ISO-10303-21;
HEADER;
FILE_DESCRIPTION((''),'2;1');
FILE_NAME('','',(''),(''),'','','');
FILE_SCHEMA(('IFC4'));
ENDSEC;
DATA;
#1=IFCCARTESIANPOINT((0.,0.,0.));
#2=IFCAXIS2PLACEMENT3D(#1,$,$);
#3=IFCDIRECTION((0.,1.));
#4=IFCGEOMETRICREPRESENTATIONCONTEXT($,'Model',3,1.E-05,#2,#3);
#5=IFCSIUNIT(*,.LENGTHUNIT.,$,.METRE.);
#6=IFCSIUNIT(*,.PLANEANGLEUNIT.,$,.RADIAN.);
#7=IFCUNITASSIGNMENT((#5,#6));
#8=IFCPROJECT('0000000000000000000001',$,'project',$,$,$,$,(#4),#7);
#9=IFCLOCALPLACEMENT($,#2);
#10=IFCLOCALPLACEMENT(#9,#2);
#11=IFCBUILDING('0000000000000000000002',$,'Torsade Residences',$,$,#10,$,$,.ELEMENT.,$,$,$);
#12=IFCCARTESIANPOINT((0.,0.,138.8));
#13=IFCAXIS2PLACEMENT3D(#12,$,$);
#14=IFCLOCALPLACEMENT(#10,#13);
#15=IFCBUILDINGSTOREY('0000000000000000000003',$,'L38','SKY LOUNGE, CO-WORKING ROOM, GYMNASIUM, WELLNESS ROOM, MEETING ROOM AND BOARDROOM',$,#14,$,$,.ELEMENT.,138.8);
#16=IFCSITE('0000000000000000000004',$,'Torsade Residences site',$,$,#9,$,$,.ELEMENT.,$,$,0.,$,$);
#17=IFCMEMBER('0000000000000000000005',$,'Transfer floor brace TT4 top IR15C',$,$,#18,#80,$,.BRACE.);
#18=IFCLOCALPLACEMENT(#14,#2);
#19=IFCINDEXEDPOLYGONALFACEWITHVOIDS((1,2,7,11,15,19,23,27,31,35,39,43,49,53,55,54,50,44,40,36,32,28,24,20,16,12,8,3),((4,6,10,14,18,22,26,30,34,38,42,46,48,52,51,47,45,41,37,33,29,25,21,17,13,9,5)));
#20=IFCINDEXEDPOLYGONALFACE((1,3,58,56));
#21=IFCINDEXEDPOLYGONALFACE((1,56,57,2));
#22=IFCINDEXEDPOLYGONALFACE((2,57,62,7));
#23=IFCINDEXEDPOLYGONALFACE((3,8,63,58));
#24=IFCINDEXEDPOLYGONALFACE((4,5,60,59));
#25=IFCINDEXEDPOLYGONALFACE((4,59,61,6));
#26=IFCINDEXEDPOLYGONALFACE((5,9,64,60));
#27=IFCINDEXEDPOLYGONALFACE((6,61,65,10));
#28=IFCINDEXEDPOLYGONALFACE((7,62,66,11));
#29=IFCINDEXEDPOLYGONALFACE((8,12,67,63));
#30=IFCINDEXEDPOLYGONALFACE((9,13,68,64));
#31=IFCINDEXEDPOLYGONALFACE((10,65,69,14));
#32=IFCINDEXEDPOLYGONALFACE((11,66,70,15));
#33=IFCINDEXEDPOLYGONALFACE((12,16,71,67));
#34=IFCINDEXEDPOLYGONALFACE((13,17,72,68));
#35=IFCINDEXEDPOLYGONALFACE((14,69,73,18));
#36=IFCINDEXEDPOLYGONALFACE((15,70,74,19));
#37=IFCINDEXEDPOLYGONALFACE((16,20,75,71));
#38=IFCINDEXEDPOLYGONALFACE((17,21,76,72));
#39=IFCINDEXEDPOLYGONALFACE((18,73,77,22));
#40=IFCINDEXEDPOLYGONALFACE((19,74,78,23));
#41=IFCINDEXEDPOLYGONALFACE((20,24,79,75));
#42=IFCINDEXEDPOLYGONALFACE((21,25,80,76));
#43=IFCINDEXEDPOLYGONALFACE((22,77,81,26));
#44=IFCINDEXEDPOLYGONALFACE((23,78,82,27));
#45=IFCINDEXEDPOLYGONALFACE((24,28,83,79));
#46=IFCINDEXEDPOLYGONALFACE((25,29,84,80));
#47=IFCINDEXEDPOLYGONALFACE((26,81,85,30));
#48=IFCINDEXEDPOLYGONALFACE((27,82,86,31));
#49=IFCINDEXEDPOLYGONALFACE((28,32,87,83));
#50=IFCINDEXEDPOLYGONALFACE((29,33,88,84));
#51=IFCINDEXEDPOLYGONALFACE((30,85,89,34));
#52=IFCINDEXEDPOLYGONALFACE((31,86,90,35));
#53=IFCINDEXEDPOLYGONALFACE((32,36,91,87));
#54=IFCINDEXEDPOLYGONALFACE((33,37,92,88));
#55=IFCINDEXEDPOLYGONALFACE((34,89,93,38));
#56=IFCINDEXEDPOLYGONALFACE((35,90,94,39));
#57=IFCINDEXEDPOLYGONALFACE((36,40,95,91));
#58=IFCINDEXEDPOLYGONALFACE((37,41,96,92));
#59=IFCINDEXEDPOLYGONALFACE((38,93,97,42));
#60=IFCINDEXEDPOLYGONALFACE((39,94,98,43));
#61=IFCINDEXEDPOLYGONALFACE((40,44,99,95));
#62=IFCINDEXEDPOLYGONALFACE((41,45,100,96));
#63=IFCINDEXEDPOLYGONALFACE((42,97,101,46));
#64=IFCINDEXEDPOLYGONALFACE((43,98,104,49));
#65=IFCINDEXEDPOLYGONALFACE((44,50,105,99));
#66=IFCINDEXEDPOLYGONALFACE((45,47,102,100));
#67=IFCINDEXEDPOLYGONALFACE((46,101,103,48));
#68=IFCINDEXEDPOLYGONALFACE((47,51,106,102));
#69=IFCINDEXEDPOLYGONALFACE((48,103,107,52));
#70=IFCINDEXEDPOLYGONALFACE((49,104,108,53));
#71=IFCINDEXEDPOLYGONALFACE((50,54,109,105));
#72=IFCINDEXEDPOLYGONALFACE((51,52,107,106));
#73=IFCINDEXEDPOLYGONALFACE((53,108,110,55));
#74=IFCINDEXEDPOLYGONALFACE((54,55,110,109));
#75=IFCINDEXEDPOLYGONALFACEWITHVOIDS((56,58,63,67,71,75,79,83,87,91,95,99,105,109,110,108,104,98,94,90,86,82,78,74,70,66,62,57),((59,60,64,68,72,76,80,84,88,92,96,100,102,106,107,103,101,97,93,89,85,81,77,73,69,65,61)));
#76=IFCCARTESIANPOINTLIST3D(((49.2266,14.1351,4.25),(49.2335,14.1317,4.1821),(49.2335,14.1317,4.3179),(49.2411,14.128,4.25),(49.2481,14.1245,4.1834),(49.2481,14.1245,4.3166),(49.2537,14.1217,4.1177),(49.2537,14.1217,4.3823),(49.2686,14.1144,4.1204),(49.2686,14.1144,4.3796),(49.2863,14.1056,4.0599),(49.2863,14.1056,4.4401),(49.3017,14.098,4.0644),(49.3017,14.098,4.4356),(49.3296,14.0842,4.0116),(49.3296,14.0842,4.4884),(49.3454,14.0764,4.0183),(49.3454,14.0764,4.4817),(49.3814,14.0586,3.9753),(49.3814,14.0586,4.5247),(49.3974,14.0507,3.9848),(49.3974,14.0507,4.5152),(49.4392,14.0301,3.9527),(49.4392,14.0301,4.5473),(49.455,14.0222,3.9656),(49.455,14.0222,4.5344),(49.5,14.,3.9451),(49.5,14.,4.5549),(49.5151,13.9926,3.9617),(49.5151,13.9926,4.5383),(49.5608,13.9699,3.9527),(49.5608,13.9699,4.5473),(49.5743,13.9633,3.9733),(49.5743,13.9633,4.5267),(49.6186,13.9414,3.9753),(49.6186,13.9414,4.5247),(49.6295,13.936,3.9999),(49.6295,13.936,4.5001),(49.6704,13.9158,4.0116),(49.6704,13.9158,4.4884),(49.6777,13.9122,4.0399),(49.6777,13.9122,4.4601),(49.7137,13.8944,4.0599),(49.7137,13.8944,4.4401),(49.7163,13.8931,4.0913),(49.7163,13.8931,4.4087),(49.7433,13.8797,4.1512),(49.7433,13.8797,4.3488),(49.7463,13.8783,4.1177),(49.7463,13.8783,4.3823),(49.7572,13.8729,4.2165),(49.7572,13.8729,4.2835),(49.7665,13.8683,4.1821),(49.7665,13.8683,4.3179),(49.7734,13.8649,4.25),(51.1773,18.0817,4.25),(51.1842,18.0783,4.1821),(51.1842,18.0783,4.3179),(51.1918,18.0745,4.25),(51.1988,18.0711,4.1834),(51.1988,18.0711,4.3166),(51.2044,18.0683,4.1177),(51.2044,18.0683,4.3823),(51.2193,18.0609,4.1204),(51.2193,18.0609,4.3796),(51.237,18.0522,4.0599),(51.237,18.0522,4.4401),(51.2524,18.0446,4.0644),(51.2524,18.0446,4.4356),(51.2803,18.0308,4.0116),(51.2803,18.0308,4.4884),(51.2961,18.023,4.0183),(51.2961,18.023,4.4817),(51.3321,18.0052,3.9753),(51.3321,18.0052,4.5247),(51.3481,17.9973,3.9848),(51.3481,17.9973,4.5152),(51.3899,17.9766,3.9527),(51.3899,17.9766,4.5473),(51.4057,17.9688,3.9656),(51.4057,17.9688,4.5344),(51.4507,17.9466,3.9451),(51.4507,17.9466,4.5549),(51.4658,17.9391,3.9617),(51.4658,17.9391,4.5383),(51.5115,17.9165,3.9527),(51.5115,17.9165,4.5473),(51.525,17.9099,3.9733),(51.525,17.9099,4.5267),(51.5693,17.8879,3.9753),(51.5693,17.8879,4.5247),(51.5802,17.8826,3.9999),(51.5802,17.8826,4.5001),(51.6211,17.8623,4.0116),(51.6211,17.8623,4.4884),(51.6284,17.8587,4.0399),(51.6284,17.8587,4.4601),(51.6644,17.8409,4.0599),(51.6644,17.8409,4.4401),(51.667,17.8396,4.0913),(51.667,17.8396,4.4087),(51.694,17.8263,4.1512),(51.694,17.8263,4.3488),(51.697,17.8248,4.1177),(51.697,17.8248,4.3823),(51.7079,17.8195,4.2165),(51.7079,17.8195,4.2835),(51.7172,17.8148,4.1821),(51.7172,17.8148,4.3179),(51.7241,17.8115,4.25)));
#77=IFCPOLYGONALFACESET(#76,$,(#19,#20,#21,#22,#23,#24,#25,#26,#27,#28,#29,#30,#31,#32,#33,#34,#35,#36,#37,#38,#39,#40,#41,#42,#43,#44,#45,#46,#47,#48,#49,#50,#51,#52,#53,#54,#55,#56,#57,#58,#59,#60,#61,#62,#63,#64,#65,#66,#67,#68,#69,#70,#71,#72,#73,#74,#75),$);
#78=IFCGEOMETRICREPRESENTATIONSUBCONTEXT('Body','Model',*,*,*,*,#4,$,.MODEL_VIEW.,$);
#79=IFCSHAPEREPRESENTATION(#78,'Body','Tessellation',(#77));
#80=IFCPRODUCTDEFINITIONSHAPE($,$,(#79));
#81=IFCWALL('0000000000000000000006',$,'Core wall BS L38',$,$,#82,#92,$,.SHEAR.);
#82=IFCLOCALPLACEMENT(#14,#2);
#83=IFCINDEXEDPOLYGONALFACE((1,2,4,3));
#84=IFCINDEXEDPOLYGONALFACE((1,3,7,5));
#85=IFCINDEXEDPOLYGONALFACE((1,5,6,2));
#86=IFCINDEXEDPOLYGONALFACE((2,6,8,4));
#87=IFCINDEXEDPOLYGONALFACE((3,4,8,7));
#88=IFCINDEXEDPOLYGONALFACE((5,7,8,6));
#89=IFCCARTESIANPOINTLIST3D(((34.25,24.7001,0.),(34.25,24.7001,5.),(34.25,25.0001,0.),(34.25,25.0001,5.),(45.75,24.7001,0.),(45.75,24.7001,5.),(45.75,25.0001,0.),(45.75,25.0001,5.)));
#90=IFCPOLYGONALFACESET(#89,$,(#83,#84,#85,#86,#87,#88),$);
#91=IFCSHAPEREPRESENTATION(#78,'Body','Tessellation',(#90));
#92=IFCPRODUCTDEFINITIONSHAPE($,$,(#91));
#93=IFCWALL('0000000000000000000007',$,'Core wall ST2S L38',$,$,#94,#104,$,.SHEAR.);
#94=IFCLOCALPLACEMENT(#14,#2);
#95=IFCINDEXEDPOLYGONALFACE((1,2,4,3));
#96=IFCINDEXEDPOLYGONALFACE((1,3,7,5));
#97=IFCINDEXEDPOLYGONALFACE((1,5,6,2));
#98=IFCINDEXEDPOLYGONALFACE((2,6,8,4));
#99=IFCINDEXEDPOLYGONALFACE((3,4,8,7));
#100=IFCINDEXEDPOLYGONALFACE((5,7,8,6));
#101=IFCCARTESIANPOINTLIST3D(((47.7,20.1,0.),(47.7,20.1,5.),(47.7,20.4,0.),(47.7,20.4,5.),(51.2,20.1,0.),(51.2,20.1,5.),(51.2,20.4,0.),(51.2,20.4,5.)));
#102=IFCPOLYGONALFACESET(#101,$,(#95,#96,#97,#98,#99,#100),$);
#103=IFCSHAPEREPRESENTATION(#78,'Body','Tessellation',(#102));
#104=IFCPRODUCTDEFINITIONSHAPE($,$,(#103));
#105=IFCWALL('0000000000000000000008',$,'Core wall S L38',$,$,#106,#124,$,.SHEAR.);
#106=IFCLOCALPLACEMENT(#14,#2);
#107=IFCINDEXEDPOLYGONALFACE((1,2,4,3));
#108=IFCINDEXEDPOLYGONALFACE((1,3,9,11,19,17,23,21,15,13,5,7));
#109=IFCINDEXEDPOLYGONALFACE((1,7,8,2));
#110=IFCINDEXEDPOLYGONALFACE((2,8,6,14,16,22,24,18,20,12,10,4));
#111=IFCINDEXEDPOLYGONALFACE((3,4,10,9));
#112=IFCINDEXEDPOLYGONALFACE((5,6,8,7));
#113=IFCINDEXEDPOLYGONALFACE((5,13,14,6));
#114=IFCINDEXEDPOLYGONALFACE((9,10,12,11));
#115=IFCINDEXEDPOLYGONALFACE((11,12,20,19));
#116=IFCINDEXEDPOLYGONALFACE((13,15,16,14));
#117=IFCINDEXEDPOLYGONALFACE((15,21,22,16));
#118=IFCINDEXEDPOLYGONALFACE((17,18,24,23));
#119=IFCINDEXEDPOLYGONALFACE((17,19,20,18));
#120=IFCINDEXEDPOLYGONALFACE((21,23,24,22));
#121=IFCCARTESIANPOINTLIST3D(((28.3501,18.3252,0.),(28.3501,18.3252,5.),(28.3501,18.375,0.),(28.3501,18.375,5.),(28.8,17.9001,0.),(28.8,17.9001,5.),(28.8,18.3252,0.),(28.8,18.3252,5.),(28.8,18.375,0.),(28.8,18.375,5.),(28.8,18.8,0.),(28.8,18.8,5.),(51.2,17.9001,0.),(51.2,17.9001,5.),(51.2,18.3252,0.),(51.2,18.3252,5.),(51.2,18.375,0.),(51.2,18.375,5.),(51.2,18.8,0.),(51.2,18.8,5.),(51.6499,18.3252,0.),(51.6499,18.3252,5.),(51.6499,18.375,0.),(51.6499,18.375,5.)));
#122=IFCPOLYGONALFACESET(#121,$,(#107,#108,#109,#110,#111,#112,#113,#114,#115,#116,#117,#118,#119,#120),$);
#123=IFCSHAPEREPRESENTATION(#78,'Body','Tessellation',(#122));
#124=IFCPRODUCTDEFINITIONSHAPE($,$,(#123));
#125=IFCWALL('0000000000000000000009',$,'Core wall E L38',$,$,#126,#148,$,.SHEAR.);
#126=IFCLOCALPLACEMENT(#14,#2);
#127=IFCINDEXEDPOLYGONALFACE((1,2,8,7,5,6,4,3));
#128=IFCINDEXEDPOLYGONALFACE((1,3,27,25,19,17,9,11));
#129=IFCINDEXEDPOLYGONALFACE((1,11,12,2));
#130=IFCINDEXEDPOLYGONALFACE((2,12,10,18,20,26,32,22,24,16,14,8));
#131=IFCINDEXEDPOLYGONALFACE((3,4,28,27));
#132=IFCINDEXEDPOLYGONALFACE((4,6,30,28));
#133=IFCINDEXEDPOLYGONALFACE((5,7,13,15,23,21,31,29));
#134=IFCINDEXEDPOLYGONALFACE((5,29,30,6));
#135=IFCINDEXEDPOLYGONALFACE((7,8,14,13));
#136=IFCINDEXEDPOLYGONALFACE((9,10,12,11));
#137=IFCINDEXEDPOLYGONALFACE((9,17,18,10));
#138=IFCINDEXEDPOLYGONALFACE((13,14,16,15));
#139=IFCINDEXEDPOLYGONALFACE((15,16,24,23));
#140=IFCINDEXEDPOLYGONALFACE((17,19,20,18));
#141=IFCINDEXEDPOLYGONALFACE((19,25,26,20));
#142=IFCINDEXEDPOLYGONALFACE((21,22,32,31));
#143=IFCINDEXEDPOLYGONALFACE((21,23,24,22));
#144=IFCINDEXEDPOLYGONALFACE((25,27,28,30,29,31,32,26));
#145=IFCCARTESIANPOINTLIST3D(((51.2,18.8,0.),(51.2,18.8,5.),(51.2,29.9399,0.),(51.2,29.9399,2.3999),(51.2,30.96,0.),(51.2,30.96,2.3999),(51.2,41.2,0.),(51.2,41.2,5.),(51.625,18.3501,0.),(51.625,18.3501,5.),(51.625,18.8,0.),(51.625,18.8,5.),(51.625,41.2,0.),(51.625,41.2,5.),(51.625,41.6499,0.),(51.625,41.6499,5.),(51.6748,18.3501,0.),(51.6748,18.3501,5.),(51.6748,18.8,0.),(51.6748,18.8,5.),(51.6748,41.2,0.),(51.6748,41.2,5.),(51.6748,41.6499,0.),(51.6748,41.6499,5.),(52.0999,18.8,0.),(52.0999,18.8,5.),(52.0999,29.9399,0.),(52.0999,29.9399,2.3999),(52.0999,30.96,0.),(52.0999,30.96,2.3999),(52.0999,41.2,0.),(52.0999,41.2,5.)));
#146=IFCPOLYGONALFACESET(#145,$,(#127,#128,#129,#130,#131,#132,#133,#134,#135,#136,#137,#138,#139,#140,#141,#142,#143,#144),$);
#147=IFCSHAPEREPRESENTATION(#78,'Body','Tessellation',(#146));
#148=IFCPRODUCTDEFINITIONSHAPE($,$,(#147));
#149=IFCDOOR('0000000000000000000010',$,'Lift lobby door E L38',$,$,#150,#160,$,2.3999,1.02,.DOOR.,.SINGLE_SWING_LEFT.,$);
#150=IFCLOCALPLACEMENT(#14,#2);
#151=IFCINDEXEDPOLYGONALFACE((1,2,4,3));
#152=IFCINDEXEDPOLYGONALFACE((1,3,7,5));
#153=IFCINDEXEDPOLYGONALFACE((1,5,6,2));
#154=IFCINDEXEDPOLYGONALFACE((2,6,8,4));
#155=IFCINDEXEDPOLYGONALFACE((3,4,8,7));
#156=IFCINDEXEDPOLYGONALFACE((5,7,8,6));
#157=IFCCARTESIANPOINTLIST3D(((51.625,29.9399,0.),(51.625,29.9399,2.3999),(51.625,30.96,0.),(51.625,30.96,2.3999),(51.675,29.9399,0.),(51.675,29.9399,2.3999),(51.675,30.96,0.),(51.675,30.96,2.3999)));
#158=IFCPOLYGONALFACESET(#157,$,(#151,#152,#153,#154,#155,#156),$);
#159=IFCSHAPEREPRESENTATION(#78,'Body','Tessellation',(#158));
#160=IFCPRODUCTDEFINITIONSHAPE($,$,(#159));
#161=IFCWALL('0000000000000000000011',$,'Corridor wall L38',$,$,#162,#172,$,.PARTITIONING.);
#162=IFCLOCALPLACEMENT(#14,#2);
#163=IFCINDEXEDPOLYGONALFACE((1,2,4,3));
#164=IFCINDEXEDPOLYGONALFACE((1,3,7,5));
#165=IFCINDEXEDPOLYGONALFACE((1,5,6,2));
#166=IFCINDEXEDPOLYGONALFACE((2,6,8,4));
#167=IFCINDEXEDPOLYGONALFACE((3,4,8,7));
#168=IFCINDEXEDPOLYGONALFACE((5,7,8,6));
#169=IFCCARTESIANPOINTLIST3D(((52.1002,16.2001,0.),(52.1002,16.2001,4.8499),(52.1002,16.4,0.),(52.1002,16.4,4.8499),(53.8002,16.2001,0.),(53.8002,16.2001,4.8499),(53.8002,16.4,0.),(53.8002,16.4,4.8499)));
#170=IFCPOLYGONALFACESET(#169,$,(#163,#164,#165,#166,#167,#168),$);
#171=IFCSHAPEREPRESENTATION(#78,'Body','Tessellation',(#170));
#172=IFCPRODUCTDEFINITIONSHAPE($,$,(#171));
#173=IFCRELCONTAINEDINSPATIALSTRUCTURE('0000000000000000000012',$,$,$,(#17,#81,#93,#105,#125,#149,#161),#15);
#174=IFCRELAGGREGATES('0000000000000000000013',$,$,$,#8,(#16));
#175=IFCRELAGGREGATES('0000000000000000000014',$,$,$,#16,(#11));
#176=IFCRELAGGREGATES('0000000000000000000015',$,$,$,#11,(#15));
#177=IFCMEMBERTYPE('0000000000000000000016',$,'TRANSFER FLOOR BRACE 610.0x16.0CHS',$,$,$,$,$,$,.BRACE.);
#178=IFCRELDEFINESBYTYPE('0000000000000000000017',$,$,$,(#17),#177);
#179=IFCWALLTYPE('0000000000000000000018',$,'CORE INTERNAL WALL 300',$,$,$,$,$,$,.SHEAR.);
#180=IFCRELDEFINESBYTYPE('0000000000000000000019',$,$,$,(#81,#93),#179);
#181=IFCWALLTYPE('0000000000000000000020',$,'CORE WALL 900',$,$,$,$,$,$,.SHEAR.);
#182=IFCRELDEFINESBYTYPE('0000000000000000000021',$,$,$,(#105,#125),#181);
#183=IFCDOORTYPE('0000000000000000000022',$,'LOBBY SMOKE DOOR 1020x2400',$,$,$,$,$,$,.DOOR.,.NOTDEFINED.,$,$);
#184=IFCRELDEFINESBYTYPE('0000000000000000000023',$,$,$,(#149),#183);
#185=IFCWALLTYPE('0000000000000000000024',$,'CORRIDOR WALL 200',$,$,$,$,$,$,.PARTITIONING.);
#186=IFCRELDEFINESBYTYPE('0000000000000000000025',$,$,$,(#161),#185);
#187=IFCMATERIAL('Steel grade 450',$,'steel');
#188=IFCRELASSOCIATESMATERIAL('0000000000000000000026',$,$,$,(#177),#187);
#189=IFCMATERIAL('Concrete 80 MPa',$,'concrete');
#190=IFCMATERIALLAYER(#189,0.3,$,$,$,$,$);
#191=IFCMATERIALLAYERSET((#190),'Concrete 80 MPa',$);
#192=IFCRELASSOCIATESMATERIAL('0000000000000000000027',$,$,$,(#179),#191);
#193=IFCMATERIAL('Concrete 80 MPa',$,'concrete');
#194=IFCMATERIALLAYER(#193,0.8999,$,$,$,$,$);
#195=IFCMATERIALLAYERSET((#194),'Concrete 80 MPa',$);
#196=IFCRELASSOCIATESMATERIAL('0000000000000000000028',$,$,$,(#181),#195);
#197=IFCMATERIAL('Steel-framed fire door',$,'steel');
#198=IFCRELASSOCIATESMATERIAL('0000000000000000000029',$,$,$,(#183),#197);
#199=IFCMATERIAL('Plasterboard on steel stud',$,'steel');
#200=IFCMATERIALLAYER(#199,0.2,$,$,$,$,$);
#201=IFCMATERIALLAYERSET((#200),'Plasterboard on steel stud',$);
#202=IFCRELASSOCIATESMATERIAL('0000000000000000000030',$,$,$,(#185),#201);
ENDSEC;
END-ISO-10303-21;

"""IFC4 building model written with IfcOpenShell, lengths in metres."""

from ifc_helpers import new_model, si_unit, direction, frame, frame_2d, origin, origin_2d, place, context, subcontext, project, spatial, polyline, rectangle, hollow_circle, outline, extrude, material, layer, layer_set, material_profile, profile_set, type_object, element, fill, save


model = new_model("IFC4")

# Units and contexts
model_context = context("Model", 3, precision=1e-05, world=origin(), true_north=direction((0.0, 1.0)))
body_context = subcontext(model_context, "Body", "Model", "MODEL_VIEW")
ifc_project = project(units=[si_unit("LENGTHUNIT", "METRE"), si_unit("PLANEANGLEUNIT", "RADIAN")], contexts=[model_context])

# Site, building, storey
site_placement = place(None, origin())
site = spatial("IfcSite", under=ifc_project, at=site_placement, Name="Torsade Residences site", CompositionType="ELEMENT", RefElevation=0.0)
building_placement = place(site_placement, origin())
building = spatial("IfcBuilding", under=site, at=building_placement, Name="Torsade Residences", CompositionType="ELEMENT")
storey_placement = place(building_placement, frame((0.0, 0.0, 138.8)))
storey = spatial("IfcBuildingStorey", under=building, at=storey_placement, Name="L38", Description="SKY LOUNGE, CO-WORKING ROOM, GYMNASIUM, WELLNESS ROOM, MEETING ROOM AND BOARDROOM", CompositionType="ELEMENT", Elevation=138.8)

# Member
ifc_material_1 = material(Name="Steel grade 450", Category="steel")
ifc_material_profile_1 = material_profile(ifc_material_1, hollow_circle(Radius=0.3049, WallThickness=0.0161, at=origin_2d()), Name="610.0x16.0CHS")
ifc_profile_set_1 = profile_set([ifc_material_profile_1], Name="Steel grade 450")
member_type = type_object("IfcMemberType", Name="TRANSFER FLOOR BRACE 610.0x16.0CHS", PredefinedType="BRACE", material=ifc_profile_set_1)
member_placement = place(storey_placement, frame((49.5, 14.0, 4.25), z_axis=(0.443105, 0.89647, 0.0), x_axis=(-0.89647, 0.443105, 0.0)))
element("IfcMember", 1, at=member_placement, inside=storey, type_object=member_type, Name="Transfer floor brace TT4 top IR15C", PredefinedType="BRACE", context=body_context, shape_type="SweptSolid", body=[
    extrude(hollow_circle(Radius=0.3049, WallThickness=0.0161, at=origin_2d()), origin(), (0.0, 0.0, 1.0), 4.4023),
])

# Walls
ifc_material_2 = material(Name="Concrete 80 MPa", Category="concrete")
ifc_layer_1 = layer(ifc_material_2, 0.3)
ifc_layer_set_1 = layer_set([ifc_layer_1], Name="Concrete 80 MPa")
wall_type_1 = type_object("IfcWallType", Name="CORE INTERNAL WALL 300", PredefinedType="SHEAR", material=ifc_layer_set_1)
wall_1_placement = place(storey_placement, frame((45.75, 24.8501, 0.0), z_axis=(0.0, 0.0, 1.0), x_axis=(-1.0, 0.0, 0.0)))
element("IfcWall", 2, at=wall_1_placement, inside=storey, type_object=wall_type_1, Name="Core wall BS L38", PredefinedType="SHEAR", context=body_context, shape_type="SweptSolid", body=[
    extrude(rectangle(XDim=11.5, YDim=0.3, at=frame_2d((5.75, 0.0))), origin(), (0.0, 0.0, 1.0), 5.0),
])
wall_2_placement = place(storey_placement, frame((51.2, 20.25, 0.0), z_axis=(0.0, 0.0, 1.0), x_axis=(-1.0, 0.0, 0.0)))
element("IfcWall", 3, at=wall_2_placement, inside=storey, type_object=wall_type_1, Name="Core wall ST2S L38", PredefinedType="SHEAR", context=body_context, shape_type="SweptSolid", body=[
    extrude(rectangle(XDim=3.5, YDim=0.3, at=frame_2d((1.75, 0.0))), origin(), (0.0, 0.0, 1.0), 5.0),
])
ifc_material_3 = material(Name="Concrete 80 MPa", Category="concrete")
ifc_layer_2 = layer(ifc_material_3, 0.8999)
ifc_layer_set_2 = layer_set([ifc_layer_2], Name="Concrete 80 MPa")
wall_type_2 = type_object("IfcWallType", Name="CORE WALL 900", PredefinedType="SHEAR", material=ifc_layer_set_2)
wall_3_placement = place(storey_placement, frame((51.2, 18.3501, 0.0), z_axis=(0.0, 0.0, 1.0), x_axis=(-1.0, 0.0, 0.0)))
element("IfcWall", 4, at=wall_3_placement, inside=storey, type_object=wall_type_2, Name="Core wall S L38", PredefinedType="SHEAR", context=body_context, shape_type="SweptSolid", body=[
    extrude(outline(polyline([(0.0, -0.45), (22.3999, -0.45), (22.3999, -0.0249), (22.8499, -0.0249), (22.8499, 0.0249), (22.3999, 0.0249), (22.3999, 0.45), (0.0, 0.45), (0.0, 0.0249), (-0.45, 0.0249), (-0.45, -0.0249), (0.0, -0.0249), (0.0, -0.45)])), origin(), (0.0, 0.0, 1.0), 5.0),
])

# Wall, opening, door
wall_4_placement = place(storey_placement, frame((51.6499, 18.8, 0.0), z_axis=(0.0, 0.0, 1.0), x_axis=(0.0, 1.0, 0.0)))
wall_4 = element("IfcWall", 5, at=wall_4_placement, inside=storey, type_object=wall_type_2, Name="Core wall E L38", PredefinedType="SHEAR", context=body_context, shape_type="SweptSolid", body=[
    extrude(outline(polyline([(0.0, -0.45), (22.3999, -0.45), (22.3999, -0.0249), (22.8499, -0.0249), (22.8499, 0.0249), (22.3999, 0.0249), (22.3999, 0.45), (0.0, 0.45), (0.0, 0.0249), (-0.45, 0.0249), (-0.45, -0.0249), (0.0, -0.0249), (0.0, -0.45)])), origin(), (0.0, 0.0, 1.0), 5.0),
])
opening_1_placement = place(wall_4_placement, frame((11.1399, 0.0, 0.0)))
opening_1 = element("IfcOpeningElement", 6, at=opening_1_placement, cuts=wall_4, PredefinedType="OPENING", context=body_context, shape_type="SweptSolid", body=[
    extrude(rectangle(XDim=1.02, YDim=2.3999, at=frame_2d((0.51, 1.2))), frame((0.0, 0.46, 0.0), z_axis=(0.0, -1.0, 0.0), x_axis=(1.0, 0.0, 0.0)), (0.0, 0.0, 1.0), 0.9199),
])
ifc_material_4 = material(Name="Steel-framed fire door", Category="steel")
door_type_1 = type_object("IfcDoorType", Name="LOBBY SMOKE DOOR 1020x2400", OperationType="NOTDEFINED", PredefinedType="DOOR", material=ifc_material_4)
door_1_placement = place(opening_1_placement, origin())
door_1 = element("IfcDoor", 7, at=door_1_placement, inside=storey, type_object=door_type_1, Name="Lift lobby door E L38", OperationType="SINGLE_SWING_LEFT", OverallHeight=2.3999, OverallWidth=1.02, PredefinedType="DOOR", context=body_context, shape_type="SweptSolid", body=[
    extrude(rectangle(XDim=1.02, YDim=2.3999, at=frame_2d((0.51, 1.2))), frame((0.0, 0.0249, 0.0), z_axis=(0.0, -1.0, 0.0), x_axis=(1.0, 0.0, 0.0)), (0.0, 0.0, 1.0), 0.05),
])
fill(opening_1, door_1)

# Wall
ifc_material_5 = material(Name="Plasterboard on steel stud", Category="steel")
ifc_layer_3 = layer(ifc_material_5, 0.2)
ifc_layer_set_3 = layer_set([ifc_layer_3], Name="Plasterboard on steel stud")
wall_type_3 = type_object("IfcWallType", Name="CORRIDOR WALL 200", PredefinedType="PARTITIONING", material=ifc_layer_set_3)
wall_5_placement = place(storey_placement, frame((52.1001, 16.3, 0.0), z_axis=(0.0, 0.0, 1.0), x_axis=(1.0, 0.0, 0.0)))
element("IfcWall", 8, at=wall_5_placement, inside=storey, type_object=wall_type_3, Name="Corridor wall L38", PredefinedType="PARTITIONING", context=body_context, shape_type="SweptSolid", body=[
    extrude(rectangle(XDim=1.7, YDim=0.2, at=frame_2d((0.8501, 0.0))), origin(), (0.0, 0.0, 1.0), 4.8499),
])

save(model, "model.ifc")
